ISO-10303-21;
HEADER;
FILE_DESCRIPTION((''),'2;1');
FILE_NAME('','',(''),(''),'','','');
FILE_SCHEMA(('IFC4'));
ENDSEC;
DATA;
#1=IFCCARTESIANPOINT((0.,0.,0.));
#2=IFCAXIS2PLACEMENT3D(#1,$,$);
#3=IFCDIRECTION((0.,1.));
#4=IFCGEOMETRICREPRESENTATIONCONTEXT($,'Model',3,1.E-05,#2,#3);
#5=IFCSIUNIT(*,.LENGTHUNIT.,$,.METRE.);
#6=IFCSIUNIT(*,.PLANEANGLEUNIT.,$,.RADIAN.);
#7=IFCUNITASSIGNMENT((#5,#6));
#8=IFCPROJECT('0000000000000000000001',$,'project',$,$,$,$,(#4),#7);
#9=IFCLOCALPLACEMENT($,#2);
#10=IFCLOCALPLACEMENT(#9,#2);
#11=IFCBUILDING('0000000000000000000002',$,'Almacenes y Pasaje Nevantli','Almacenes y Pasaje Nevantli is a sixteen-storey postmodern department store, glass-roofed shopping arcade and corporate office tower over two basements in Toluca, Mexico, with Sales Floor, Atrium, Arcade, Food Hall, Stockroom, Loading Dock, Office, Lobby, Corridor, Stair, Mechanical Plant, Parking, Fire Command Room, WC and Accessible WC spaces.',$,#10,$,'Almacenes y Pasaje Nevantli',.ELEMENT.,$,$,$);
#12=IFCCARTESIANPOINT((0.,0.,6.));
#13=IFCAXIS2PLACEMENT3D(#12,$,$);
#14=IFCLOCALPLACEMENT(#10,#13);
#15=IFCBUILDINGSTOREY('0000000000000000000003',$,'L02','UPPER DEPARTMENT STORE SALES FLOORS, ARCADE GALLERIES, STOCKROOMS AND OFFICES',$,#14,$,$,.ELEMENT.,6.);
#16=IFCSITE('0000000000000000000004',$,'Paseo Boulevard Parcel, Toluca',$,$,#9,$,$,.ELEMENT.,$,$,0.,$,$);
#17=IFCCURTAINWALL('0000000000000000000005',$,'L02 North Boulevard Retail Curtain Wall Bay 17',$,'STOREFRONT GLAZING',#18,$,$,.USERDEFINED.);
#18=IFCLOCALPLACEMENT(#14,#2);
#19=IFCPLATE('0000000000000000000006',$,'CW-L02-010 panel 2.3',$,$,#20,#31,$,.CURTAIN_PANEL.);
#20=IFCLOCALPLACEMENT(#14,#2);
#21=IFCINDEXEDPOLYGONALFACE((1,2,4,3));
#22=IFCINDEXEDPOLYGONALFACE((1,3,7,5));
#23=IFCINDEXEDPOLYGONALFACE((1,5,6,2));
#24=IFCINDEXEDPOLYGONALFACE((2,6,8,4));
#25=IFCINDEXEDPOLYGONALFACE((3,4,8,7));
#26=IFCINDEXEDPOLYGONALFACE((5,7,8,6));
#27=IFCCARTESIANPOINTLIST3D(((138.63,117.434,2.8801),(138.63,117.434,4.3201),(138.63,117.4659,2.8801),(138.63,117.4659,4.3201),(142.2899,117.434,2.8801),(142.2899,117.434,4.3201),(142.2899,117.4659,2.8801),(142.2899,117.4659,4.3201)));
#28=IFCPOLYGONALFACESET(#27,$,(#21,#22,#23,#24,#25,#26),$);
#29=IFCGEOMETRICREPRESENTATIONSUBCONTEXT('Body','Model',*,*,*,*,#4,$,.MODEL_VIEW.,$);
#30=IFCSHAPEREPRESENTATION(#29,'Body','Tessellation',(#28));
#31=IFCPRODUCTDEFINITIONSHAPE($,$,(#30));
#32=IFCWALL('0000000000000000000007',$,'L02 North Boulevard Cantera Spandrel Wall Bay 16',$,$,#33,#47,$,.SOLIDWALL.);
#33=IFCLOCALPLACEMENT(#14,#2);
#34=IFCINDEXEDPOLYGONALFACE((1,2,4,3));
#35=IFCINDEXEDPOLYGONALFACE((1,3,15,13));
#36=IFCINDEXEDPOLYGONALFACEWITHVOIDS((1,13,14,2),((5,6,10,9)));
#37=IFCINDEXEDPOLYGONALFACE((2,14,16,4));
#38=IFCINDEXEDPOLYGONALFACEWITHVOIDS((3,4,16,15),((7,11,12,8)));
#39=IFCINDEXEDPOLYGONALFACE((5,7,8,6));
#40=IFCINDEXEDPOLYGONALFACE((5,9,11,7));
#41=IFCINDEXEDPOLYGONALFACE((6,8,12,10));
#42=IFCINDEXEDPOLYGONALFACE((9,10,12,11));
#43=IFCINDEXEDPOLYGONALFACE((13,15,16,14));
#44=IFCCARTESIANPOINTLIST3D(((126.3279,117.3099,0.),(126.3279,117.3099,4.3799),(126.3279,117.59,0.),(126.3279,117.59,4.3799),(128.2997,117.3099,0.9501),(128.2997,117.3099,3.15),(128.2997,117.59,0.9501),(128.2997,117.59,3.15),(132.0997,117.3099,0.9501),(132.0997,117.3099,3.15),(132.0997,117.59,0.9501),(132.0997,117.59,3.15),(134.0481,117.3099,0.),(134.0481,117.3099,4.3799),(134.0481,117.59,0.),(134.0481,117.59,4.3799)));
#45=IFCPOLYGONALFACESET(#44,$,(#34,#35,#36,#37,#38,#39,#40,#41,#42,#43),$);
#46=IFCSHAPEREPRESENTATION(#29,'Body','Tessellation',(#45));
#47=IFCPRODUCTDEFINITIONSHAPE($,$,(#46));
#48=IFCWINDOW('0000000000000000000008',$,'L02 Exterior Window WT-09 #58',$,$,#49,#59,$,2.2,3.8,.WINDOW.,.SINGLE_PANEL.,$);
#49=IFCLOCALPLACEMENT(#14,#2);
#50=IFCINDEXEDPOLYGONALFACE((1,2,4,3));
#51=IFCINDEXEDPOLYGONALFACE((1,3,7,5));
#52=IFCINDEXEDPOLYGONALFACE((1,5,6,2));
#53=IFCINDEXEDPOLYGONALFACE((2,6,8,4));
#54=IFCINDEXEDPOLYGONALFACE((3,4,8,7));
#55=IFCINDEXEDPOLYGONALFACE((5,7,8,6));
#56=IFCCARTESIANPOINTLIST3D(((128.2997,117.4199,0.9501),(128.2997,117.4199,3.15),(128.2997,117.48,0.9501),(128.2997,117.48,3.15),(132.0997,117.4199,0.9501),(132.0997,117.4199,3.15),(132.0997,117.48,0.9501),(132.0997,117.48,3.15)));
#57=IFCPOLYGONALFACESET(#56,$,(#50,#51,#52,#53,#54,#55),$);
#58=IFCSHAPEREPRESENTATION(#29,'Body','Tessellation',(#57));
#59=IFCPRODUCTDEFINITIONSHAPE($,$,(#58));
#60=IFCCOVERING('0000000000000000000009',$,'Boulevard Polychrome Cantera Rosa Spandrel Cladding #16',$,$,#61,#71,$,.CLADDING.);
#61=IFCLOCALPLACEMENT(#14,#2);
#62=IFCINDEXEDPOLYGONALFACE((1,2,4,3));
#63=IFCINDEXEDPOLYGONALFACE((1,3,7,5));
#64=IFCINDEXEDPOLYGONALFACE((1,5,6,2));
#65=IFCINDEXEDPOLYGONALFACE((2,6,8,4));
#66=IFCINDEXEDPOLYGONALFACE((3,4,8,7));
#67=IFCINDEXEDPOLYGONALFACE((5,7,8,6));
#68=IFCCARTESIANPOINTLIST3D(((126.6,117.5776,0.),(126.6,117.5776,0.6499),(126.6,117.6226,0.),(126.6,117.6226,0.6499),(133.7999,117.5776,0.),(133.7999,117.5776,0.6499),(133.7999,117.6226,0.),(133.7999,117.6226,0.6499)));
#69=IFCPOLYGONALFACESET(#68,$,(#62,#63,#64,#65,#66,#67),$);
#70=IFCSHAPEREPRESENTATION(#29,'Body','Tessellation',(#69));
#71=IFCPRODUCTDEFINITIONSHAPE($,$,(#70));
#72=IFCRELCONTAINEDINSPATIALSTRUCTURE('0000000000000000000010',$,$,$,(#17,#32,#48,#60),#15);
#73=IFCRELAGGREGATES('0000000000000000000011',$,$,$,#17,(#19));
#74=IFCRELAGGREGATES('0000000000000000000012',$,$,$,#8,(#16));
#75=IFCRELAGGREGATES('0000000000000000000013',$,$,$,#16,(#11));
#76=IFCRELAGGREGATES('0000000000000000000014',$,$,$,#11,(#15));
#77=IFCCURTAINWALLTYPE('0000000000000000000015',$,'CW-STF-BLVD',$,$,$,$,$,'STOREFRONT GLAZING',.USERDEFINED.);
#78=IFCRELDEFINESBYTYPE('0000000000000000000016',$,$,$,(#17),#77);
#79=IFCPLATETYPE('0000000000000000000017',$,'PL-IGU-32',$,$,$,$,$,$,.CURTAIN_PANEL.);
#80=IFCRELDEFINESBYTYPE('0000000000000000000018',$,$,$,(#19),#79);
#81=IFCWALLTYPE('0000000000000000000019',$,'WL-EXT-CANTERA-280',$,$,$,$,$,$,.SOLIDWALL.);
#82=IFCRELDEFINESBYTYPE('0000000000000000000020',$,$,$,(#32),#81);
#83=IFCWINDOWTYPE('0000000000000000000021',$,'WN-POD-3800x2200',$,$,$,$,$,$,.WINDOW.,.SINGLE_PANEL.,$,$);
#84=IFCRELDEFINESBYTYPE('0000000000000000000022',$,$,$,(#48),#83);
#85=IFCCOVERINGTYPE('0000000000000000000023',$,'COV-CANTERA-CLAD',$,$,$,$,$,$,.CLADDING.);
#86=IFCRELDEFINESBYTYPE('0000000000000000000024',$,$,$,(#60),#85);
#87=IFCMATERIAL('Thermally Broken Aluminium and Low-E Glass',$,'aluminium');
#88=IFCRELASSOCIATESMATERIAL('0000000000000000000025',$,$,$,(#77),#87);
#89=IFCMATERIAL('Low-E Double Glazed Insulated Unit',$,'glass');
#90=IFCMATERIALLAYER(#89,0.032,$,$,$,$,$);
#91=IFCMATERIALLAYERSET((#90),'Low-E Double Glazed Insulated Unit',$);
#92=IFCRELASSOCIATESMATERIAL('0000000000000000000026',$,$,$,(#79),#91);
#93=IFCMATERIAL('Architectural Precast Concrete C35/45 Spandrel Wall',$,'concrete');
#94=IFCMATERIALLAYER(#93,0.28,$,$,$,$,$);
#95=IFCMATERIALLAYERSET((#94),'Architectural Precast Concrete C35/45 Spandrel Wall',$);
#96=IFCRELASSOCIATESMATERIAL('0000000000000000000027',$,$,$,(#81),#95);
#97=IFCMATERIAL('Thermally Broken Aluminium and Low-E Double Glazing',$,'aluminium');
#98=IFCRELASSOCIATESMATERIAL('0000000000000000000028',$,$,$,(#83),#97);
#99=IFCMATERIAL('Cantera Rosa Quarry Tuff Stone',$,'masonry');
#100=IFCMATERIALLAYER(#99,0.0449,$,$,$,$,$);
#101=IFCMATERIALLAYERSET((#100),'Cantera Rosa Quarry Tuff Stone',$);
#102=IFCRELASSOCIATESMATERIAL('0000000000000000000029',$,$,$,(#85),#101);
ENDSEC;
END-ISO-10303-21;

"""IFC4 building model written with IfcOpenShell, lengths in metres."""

from ifc_helpers import new_model, si_unit, direction, frame, frame_2d, origin, origin_2d, place, context, subcontext, project, spatial, rectangle, extrude, material, layer, layer_set, type_object, element, fill, aggregate, save


model = new_model("IFC4")

# Units and contexts
model_context = context("Model", 3, precision=1e-05, world=origin(), true_north=direction((0.0, 1.0)))
body_context = subcontext(model_context, "Body", "Model", "MODEL_VIEW")
ifc_project = project(units=[si_unit("LENGTHUNIT", "METRE"), si_unit("PLANEANGLEUNIT", "RADIAN")], contexts=[model_context])

# Site, building, storey
site_placement = place(None, origin())
site = spatial("IfcSite", under=ifc_project, at=site_placement, Name="Paseo Boulevard Parcel, Toluca", CompositionType="ELEMENT", RefElevation=0.0)
building_placement = place(site_placement, origin())
building = spatial("IfcBuilding", under=site, at=building_placement, Name="Almacenes y Pasaje Nevantli", Description="Almacenes y Pasaje Nevantli is a sixteen-storey postmodern department store, glass-roofed shopping arcade and corporate office tower over two basements in Toluca, Mexico, with Sales Floor, Atrium, Arcade, Food Hall, Stockroom, Loading Dock, Office, Lobby, Corridor, Stair, Mechanical Plant, Parking, Fire Command Room, WC and Accessible WC spaces.", LongName="Almacenes y Pasaje Nevantli", CompositionType="ELEMENT")
storey_placement = place(building_placement, frame((0.0, 0.0, 6.0)))
storey = spatial("IfcBuildingStorey", under=building, at=storey_placement, Name="L02", Description="UPPER DEPARTMENT STORE SALES FLOORS, ARCADE GALLERIES, STOCKROOMS AND OFFICES", CompositionType="ELEMENT", Elevation=6.0)

# Curtain wall, plate
ifc_material_1 = material(Name="Thermally Broken Aluminium and Low-E Glass", Category="aluminium")
curtain_wall_type = type_object("IfcCurtainWallType", Name="CW-STF-BLVD", ElementType="STOREFRONT GLAZING", PredefinedType="USERDEFINED", material=ifc_material_1)
curtain_wall_placement = place(storey_placement, origin())
curtain_wall = element("IfcCurtainWall", 1, at=curtain_wall_placement, inside=storey, type_object=curtain_wall_type, Name="L02 North Boulevard Retail Curtain Wall Bay 17", ObjectType="STOREFRONT GLAZING", PredefinedType="USERDEFINED")
ifc_material_2 = material(Name="Low-E Double Glazed Insulated Unit", Category="glass")
ifc_layer_1 = layer(ifc_material_2, 0.032)
ifc_layer_set_1 = layer_set([ifc_layer_1], Name="Low-E Double Glazed Insulated Unit")
plate_type = type_object("IfcPlateType", Name="PL-IGU-32", PredefinedType="CURTAIN_PANEL", material=ifc_layer_set_1)
plate_1_placement = place(storey_placement, frame((140.46, 117.45, 2.8801), z_axis=(0.0, 0.0, 1.0), x_axis=(1.0, 0.0, 0.0)))
plate_1 = element("IfcPlate", 2, at=plate_1_placement, type_object=plate_type, Name="CW-L02-010 panel 2.3", PredefinedType="CURTAIN_PANEL", context=body_context, shape_type="SweptSolid", body=[
    extrude(rectangle(XDim=3.6599, YDim=0.032, at=origin_2d()), origin(), (0.0, 0.0, 1.0), 1.4399),
])
aggregate(curtain_wall, [plate_1])

# Wall, opening, window
ifc_material_3 = material(Name="Architectural Precast Concrete C35/45 Spandrel Wall", Category="concrete")
ifc_layer_2 = layer(ifc_material_3, 0.28)
ifc_layer_set_2 = layer_set([ifc_layer_2], Name="Architectural Precast Concrete C35/45 Spandrel Wall")
wall_type = type_object("IfcWallType", Name="WL-EXT-CANTERA-280", PredefinedType="SOLIDWALL", material=ifc_layer_set_2)
wall_placement = place(storey_placement, frame((126.3279, 117.45, 0.0), z_axis=(0.0, 0.0, 1.0), x_axis=(1.0, 0.0, 0.0)))
wall = element("IfcWall", 3, at=wall_placement, inside=storey, type_object=wall_type, Name="L02 North Boulevard Cantera Spandrel Wall Bay 16", PredefinedType="SOLIDWALL", context=body_context, shape_type="SweptSolid", body=[
    extrude(rectangle(XDim=7.7202, YDim=0.28, at=frame_2d((3.8601, 0.0))), origin(), (0.0, 0.0, 1.0), 4.3799),
])
opening_placement = place(wall_placement, frame((1.9719, 0.0, 0.95)))
opening = element("IfcOpeningElement", 4, at=opening_placement, cuts=wall, PredefinedType="OPENING", context=body_context, shape_type="SweptSolid", body=[
    extrude(rectangle(XDim=3.8, YDim=2.2, at=frame_2d((1.8999, 1.1001))), frame((0.0, 0.1499, 0.0), z_axis=(0.0, -1.0, 0.0), x_axis=(1.0, 0.0, 0.0)), (0.0, 0.0, 1.0), 0.3),
])
ifc_material_4 = material(Name="Thermally Broken Aluminium and Low-E Double Glazing", Category="aluminium")
window_type = type_object("IfcWindowType", Name="WN-POD-3800x2200", PartitioningType="SINGLE_PANEL", PredefinedType="WINDOW", material=ifc_material_4)
window_placement = place(opening_placement, origin())
window = element("IfcWindow", 5, at=window_placement, inside=storey, type_object=window_type, Name="L02 Exterior Window WT-09 #58", OverallHeight=2.2, OverallWidth=3.8, PartitioningType="SINGLE_PANEL", PredefinedType="WINDOW", context=body_context, shape_type="SweptSolid", body=[
    extrude(rectangle(XDim=3.8, YDim=2.2, at=frame_2d((1.8999, 1.1001))), frame((0.0, 0.03, 0.0), z_axis=(0.0, -1.0, 0.0), x_axis=(1.0, 0.0, 0.0)), (0.0, 0.0, 1.0), 0.0601),
])
fill(opening, window)

# Covering
ifc_material_5 = material(Name="Cantera Rosa Quarry Tuff Stone", Category="masonry")
ifc_layer_3 = layer(ifc_material_5, 0.0449)
ifc_layer_set_3 = layer_set([ifc_layer_3], Name="Cantera Rosa Quarry Tuff Stone")
covering_type = type_object("IfcCoveringType", Name="COV-CANTERA-CLAD", PredefinedType="CLADDING", material=ifc_layer_set_3)
covering_placement = place(storey_placement, frame((130.2, 117.6001, 0.0), z_axis=(0.0, 0.0, 1.0), x_axis=(1.0, 0.0, 0.0)))
element("IfcCovering", 6, at=covering_placement, inside=storey, type_object=covering_type, Name="Boulevard Polychrome Cantera Rosa Spandrel Cladding #16", PredefinedType="CLADDING", context=body_context, shape_type="SweptSolid", body=[
    extrude(rectangle(XDim=7.2, YDim=0.0449, at=origin_2d()), origin(), (0.0, 0.0, 1.0), 0.6499),
])

save(model, "model.ifc")
